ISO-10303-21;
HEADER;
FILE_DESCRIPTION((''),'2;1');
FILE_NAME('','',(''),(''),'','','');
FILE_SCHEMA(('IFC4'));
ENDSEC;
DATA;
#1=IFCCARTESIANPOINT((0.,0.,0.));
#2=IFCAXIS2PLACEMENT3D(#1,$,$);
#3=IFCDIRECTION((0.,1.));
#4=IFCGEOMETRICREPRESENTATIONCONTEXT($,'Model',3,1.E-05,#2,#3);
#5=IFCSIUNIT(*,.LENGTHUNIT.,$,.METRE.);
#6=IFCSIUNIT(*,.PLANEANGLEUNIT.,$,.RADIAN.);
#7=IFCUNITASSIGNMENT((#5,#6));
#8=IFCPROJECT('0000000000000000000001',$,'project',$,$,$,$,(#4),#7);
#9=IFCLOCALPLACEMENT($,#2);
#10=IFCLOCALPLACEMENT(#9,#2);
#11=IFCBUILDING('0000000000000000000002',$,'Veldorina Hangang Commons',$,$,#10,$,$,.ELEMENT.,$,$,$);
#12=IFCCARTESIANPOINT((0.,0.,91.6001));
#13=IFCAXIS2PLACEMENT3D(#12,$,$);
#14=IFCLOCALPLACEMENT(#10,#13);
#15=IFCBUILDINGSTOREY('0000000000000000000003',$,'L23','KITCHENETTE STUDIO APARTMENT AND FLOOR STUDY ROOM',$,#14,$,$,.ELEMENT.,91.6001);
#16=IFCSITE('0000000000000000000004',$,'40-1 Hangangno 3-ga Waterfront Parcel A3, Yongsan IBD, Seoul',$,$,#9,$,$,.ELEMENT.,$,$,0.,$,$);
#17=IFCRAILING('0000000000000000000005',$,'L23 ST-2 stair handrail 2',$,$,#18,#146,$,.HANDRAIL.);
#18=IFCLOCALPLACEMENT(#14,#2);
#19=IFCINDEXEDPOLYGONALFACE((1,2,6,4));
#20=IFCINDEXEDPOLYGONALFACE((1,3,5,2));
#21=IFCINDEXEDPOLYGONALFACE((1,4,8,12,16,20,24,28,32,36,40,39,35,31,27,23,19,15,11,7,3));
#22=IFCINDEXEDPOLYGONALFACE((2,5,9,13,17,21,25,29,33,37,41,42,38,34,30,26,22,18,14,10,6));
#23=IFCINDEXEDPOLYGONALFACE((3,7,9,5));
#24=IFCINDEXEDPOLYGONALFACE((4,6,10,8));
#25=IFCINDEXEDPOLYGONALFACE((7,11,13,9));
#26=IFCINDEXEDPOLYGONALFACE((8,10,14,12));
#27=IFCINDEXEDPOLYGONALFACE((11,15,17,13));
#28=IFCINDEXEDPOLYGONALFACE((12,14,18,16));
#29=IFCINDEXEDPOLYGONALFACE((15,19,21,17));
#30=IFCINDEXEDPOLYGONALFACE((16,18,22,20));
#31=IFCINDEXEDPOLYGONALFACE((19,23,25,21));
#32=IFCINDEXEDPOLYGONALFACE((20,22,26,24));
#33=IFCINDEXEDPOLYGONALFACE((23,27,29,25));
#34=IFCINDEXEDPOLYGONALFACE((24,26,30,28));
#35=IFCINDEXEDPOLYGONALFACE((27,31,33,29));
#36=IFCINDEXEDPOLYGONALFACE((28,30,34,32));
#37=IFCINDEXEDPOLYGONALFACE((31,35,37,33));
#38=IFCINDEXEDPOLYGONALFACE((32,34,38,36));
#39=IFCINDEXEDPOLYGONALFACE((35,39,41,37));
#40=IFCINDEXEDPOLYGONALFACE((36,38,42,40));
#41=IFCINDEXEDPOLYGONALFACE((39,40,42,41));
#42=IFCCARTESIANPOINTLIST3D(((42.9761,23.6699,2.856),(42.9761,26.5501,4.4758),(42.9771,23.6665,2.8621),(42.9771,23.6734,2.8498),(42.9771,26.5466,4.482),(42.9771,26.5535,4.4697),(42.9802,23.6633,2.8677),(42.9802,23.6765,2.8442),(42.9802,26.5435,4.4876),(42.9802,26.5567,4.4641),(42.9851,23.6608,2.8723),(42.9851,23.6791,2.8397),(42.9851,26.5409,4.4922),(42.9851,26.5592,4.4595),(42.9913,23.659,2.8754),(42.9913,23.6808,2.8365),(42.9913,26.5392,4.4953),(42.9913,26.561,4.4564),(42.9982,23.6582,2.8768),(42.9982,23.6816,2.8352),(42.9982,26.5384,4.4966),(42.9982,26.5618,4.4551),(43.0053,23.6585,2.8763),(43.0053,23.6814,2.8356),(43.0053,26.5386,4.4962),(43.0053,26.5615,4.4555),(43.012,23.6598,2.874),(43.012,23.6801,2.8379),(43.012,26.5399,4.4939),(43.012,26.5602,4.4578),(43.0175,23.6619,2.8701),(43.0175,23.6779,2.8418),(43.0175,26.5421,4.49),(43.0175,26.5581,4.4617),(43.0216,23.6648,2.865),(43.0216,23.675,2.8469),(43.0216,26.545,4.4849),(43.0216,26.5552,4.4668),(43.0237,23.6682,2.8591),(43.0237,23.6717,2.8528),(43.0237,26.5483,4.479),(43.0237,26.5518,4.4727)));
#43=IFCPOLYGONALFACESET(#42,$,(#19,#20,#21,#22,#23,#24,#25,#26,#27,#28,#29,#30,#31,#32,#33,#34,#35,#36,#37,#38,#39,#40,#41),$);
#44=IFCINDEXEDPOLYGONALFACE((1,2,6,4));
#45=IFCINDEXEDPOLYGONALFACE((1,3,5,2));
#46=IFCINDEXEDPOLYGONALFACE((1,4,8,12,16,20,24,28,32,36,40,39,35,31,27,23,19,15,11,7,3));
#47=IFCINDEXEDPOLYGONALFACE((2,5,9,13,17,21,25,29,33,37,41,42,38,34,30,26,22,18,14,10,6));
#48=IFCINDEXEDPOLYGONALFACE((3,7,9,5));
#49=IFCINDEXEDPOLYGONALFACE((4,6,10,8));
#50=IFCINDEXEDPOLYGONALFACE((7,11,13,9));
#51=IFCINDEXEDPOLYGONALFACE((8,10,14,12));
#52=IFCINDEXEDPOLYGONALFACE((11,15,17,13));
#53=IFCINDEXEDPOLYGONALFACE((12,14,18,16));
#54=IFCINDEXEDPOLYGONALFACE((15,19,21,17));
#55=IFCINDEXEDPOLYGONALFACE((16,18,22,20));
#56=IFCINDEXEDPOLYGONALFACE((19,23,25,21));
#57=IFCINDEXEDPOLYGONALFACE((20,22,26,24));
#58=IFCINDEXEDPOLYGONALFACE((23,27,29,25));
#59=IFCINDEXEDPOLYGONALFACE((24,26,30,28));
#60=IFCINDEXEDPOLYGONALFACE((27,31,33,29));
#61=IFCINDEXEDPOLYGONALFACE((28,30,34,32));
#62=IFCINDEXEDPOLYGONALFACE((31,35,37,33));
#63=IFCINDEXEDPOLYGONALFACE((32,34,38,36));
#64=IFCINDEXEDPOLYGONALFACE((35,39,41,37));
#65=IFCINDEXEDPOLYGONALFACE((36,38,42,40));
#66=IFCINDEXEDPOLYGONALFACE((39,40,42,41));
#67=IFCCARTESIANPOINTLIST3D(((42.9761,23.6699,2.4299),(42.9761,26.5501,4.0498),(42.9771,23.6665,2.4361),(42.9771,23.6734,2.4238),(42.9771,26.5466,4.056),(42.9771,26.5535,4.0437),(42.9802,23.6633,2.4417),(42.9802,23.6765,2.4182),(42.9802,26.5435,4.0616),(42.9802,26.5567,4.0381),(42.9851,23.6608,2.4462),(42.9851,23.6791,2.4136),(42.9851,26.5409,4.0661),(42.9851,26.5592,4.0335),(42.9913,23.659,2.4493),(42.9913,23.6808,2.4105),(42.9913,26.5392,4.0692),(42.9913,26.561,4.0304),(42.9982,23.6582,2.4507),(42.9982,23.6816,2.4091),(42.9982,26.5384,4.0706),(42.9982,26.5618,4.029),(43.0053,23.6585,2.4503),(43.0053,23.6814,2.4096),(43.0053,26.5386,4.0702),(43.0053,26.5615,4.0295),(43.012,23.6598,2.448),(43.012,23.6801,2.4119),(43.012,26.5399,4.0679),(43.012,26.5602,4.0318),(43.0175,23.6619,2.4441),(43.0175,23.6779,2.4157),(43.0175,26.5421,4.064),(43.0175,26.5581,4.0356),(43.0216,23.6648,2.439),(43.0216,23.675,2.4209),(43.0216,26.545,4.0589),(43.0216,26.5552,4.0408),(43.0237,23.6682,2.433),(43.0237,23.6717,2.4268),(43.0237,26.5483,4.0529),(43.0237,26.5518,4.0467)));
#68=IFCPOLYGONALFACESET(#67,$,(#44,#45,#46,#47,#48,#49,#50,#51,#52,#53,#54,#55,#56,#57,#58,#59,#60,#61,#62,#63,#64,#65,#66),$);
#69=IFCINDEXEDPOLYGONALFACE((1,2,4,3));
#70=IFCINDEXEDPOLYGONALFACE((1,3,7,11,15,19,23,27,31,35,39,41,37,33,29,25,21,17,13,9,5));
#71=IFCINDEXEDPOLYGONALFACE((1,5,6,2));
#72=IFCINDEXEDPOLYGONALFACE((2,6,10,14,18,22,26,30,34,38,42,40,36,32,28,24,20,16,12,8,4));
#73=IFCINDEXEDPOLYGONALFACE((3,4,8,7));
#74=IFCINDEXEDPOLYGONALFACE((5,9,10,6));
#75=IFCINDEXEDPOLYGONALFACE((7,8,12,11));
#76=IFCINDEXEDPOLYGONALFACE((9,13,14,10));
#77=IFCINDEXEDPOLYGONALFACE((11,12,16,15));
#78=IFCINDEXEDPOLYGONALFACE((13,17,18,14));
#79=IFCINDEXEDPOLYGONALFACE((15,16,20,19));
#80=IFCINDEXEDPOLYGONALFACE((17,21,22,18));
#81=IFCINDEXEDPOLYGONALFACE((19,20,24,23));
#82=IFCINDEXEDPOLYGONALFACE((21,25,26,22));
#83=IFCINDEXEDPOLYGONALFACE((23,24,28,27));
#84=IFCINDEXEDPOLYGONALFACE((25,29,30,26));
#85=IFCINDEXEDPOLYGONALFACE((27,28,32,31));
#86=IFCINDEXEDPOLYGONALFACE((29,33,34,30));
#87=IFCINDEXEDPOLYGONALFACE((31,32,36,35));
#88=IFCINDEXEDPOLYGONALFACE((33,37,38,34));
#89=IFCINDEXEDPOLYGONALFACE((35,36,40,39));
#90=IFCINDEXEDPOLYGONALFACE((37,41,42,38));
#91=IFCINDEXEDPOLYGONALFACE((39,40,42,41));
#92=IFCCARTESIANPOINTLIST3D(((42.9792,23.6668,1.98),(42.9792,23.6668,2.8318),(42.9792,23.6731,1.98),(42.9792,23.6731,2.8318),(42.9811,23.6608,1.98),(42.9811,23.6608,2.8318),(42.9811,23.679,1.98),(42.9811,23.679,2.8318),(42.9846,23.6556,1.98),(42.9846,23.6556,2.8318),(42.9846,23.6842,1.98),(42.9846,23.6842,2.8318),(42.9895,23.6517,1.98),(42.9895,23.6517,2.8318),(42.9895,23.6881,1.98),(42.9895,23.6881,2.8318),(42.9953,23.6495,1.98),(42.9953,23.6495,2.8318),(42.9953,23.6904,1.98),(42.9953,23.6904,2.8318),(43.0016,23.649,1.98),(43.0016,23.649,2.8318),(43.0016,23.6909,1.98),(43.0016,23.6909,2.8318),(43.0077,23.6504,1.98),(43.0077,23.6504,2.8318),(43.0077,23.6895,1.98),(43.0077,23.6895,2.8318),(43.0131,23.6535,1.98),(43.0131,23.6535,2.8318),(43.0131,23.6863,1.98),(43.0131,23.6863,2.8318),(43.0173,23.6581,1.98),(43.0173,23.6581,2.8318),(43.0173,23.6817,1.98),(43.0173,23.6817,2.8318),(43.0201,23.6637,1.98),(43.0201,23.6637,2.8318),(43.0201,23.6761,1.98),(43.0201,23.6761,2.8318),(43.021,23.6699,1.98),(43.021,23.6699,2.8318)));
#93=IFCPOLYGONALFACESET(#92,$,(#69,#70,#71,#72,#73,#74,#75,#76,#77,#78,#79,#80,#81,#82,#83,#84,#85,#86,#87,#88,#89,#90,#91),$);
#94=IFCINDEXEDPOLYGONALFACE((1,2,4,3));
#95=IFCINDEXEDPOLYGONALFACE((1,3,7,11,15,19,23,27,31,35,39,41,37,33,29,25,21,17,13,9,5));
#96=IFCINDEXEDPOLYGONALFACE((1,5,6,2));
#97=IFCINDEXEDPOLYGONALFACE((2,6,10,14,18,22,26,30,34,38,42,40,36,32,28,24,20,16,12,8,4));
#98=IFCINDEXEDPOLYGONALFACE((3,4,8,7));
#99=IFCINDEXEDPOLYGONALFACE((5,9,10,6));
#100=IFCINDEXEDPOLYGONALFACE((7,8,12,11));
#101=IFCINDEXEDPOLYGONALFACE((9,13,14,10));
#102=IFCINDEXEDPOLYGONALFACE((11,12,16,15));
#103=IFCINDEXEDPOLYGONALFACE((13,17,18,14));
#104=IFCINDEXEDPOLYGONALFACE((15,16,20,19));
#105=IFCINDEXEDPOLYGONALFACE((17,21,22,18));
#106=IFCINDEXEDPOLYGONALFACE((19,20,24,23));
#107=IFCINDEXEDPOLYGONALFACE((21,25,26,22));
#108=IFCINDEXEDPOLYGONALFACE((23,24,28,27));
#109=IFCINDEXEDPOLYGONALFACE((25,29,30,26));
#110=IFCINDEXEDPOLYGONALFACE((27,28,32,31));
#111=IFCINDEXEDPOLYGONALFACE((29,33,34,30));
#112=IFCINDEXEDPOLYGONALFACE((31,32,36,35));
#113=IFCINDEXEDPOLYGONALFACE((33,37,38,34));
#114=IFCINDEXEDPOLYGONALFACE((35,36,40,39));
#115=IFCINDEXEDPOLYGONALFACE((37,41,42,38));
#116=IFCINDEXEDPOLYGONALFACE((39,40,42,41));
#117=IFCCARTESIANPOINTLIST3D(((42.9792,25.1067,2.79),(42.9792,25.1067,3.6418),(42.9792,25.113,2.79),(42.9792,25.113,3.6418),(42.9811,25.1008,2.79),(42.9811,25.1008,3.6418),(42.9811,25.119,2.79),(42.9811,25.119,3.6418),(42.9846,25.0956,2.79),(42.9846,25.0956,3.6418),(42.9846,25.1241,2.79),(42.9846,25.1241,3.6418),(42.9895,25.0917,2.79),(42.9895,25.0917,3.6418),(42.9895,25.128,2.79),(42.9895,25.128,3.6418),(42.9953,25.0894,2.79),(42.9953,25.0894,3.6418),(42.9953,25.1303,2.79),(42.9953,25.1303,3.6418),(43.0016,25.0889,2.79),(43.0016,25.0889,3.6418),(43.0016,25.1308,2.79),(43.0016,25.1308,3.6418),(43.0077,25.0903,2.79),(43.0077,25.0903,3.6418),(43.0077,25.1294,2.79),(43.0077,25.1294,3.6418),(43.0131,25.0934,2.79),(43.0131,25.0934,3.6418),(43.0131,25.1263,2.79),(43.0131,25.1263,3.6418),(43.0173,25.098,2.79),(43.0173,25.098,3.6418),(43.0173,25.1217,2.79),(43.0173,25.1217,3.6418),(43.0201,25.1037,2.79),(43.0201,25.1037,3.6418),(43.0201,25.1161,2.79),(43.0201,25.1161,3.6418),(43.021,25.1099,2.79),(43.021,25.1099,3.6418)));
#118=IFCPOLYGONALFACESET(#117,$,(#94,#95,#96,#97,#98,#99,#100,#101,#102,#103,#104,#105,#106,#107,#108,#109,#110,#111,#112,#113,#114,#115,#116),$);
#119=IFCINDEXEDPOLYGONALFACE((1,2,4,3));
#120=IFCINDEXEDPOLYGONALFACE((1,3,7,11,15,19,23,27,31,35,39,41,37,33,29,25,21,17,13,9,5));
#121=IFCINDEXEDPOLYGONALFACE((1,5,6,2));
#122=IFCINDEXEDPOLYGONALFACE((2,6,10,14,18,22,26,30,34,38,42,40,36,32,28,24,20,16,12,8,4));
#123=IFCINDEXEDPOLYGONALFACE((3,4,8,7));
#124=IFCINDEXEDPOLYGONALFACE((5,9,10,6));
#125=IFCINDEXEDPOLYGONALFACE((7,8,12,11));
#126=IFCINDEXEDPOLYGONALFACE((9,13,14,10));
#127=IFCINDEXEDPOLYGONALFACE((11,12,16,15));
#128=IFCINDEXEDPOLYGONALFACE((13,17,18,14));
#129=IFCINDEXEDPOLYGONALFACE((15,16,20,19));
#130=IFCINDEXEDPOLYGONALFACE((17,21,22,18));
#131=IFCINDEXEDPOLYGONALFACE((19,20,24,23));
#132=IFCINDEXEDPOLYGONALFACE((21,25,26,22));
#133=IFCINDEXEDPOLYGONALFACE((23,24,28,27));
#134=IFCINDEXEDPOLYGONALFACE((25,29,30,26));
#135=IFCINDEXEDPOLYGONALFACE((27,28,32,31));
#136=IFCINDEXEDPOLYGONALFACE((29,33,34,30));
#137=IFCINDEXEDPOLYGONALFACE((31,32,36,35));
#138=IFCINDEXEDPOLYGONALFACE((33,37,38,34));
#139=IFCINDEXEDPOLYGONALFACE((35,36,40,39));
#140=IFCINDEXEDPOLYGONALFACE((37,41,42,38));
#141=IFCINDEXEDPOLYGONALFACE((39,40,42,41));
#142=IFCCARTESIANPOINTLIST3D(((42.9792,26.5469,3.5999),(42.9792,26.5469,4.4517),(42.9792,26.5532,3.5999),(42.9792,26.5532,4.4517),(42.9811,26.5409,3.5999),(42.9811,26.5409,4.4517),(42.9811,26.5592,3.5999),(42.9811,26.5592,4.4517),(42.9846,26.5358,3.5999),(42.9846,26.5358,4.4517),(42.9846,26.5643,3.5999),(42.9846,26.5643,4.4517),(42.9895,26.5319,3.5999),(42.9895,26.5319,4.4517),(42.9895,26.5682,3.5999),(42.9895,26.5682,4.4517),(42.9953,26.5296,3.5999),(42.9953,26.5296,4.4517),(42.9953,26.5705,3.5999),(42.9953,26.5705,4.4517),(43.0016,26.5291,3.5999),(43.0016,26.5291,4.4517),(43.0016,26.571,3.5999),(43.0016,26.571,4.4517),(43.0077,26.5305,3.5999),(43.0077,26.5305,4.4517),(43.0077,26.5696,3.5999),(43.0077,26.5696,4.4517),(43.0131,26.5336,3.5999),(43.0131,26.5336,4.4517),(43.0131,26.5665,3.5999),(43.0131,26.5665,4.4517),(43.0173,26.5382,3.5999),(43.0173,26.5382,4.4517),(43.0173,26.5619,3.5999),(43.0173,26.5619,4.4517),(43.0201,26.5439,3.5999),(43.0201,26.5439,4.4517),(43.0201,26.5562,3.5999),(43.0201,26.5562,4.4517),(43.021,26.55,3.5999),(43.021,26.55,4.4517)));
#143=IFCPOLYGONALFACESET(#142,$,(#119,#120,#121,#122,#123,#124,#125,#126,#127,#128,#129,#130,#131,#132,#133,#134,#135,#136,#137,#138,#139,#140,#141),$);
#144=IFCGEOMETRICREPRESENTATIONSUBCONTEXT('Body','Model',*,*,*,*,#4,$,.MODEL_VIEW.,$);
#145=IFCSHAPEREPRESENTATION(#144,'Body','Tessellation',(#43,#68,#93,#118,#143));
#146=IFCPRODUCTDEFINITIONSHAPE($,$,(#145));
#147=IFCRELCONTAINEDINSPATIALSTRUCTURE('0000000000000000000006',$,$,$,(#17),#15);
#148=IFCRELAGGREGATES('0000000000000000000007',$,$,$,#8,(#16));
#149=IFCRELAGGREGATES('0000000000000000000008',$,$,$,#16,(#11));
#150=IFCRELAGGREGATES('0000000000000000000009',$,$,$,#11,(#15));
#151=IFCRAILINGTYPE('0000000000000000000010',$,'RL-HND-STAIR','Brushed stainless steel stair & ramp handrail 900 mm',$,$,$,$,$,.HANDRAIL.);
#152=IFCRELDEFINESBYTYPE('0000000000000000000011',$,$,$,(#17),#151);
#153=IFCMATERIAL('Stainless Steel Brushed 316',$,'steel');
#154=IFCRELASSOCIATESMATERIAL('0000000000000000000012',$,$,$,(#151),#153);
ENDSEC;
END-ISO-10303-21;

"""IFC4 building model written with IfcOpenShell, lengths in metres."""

from ifc_helpers import new_model, si_unit, direction, frame, origin, origin_2d, place, context, subcontext, project, spatial, circle, extrude, material, type_object, element, save


model = new_model("IFC4")

# Units and contexts
model_context = context("Model", 3, precision=1e-05, world=origin(), true_north=direction((0.0, 1.0)))
body_context = subcontext(model_context, "Body", "Model", "MODEL_VIEW")
ifc_project = project(units=[si_unit("LENGTHUNIT", "METRE"), si_unit("PLANEANGLEUNIT", "RADIAN")], contexts=[model_context])

# Site, building, storey
site_placement = place(None, origin())
site = spatial("IfcSite", under=ifc_project, at=site_placement, Name="40-1 Hangangno 3-ga Waterfront Parcel A3, Yongsan IBD, Seoul", CompositionType="ELEMENT", RefElevation=0.0)
building_placement = place(site_placement, origin())
building = spatial("IfcBuilding", under=site, at=building_placement, Name="Veldorina Hangang Commons", CompositionType="ELEMENT")
storey_placement = place(building_placement, frame((0.0, 0.0, 91.6001)))
storey = spatial("IfcBuildingStorey", under=building, at=storey_placement, Name="L23", Description="KITCHENETTE STUDIO APARTMENT AND FLOOR STUDY ROOM", CompositionType="ELEMENT", Elevation=91.6001)

# Railing
ifc_material_1 = material(Name="Stainless Steel Brushed 316", Category="steel")
railing_type_1 = type_object("IfcRailingType", Name="RL-HND-STAIR", Description="Brushed stainless steel stair & ramp handrail 900 mm", PredefinedType="HANDRAIL", material=ifc_material_1)
railing_1_placement = place(storey_placement, frame((43.0, 23.6699, 1.98)))
element("IfcRailing", 1, at=railing_1_placement, inside=storey, type_object=railing_type_1, Name="L23 ST-2 stair handrail 2", PredefinedType="HANDRAIL", context=body_context, shape_type="SweptSolid", body=[
    extrude(circle(Radius=0.0239, at=origin_2d()), frame((0.0, 0.0, 0.876), z_axis=(0.0, 0.871601, 0.490216), x_axis=(-1.0, 0.0, 0.0)), (0.0, 0.0, 1.0), 3.3044),
    extrude(circle(Radius=0.0239, at=origin_2d()), frame((0.0, 0.0, 0.45), z_axis=(0.0, 0.871601, 0.490216), x_axis=(-1.0, 0.0, 0.0)), (0.0, 0.0, 1.0), 3.3044),
    extrude(circle(Radius=0.021, at=origin_2d()), origin(), (0.0, 0.0, 1.0), 0.8518),
    extrude(circle(Radius=0.021, at=origin_2d()), frame((0.0, 1.4399, 0.8101)), (0.0, 0.0, 1.0), 0.8518),
    extrude(circle(Radius=0.021, at=origin_2d()), frame((0.0, 2.8801, 1.6199)), (0.0, 0.0, 1.0), 0.8518),
])

save(model, "model.ifc")
